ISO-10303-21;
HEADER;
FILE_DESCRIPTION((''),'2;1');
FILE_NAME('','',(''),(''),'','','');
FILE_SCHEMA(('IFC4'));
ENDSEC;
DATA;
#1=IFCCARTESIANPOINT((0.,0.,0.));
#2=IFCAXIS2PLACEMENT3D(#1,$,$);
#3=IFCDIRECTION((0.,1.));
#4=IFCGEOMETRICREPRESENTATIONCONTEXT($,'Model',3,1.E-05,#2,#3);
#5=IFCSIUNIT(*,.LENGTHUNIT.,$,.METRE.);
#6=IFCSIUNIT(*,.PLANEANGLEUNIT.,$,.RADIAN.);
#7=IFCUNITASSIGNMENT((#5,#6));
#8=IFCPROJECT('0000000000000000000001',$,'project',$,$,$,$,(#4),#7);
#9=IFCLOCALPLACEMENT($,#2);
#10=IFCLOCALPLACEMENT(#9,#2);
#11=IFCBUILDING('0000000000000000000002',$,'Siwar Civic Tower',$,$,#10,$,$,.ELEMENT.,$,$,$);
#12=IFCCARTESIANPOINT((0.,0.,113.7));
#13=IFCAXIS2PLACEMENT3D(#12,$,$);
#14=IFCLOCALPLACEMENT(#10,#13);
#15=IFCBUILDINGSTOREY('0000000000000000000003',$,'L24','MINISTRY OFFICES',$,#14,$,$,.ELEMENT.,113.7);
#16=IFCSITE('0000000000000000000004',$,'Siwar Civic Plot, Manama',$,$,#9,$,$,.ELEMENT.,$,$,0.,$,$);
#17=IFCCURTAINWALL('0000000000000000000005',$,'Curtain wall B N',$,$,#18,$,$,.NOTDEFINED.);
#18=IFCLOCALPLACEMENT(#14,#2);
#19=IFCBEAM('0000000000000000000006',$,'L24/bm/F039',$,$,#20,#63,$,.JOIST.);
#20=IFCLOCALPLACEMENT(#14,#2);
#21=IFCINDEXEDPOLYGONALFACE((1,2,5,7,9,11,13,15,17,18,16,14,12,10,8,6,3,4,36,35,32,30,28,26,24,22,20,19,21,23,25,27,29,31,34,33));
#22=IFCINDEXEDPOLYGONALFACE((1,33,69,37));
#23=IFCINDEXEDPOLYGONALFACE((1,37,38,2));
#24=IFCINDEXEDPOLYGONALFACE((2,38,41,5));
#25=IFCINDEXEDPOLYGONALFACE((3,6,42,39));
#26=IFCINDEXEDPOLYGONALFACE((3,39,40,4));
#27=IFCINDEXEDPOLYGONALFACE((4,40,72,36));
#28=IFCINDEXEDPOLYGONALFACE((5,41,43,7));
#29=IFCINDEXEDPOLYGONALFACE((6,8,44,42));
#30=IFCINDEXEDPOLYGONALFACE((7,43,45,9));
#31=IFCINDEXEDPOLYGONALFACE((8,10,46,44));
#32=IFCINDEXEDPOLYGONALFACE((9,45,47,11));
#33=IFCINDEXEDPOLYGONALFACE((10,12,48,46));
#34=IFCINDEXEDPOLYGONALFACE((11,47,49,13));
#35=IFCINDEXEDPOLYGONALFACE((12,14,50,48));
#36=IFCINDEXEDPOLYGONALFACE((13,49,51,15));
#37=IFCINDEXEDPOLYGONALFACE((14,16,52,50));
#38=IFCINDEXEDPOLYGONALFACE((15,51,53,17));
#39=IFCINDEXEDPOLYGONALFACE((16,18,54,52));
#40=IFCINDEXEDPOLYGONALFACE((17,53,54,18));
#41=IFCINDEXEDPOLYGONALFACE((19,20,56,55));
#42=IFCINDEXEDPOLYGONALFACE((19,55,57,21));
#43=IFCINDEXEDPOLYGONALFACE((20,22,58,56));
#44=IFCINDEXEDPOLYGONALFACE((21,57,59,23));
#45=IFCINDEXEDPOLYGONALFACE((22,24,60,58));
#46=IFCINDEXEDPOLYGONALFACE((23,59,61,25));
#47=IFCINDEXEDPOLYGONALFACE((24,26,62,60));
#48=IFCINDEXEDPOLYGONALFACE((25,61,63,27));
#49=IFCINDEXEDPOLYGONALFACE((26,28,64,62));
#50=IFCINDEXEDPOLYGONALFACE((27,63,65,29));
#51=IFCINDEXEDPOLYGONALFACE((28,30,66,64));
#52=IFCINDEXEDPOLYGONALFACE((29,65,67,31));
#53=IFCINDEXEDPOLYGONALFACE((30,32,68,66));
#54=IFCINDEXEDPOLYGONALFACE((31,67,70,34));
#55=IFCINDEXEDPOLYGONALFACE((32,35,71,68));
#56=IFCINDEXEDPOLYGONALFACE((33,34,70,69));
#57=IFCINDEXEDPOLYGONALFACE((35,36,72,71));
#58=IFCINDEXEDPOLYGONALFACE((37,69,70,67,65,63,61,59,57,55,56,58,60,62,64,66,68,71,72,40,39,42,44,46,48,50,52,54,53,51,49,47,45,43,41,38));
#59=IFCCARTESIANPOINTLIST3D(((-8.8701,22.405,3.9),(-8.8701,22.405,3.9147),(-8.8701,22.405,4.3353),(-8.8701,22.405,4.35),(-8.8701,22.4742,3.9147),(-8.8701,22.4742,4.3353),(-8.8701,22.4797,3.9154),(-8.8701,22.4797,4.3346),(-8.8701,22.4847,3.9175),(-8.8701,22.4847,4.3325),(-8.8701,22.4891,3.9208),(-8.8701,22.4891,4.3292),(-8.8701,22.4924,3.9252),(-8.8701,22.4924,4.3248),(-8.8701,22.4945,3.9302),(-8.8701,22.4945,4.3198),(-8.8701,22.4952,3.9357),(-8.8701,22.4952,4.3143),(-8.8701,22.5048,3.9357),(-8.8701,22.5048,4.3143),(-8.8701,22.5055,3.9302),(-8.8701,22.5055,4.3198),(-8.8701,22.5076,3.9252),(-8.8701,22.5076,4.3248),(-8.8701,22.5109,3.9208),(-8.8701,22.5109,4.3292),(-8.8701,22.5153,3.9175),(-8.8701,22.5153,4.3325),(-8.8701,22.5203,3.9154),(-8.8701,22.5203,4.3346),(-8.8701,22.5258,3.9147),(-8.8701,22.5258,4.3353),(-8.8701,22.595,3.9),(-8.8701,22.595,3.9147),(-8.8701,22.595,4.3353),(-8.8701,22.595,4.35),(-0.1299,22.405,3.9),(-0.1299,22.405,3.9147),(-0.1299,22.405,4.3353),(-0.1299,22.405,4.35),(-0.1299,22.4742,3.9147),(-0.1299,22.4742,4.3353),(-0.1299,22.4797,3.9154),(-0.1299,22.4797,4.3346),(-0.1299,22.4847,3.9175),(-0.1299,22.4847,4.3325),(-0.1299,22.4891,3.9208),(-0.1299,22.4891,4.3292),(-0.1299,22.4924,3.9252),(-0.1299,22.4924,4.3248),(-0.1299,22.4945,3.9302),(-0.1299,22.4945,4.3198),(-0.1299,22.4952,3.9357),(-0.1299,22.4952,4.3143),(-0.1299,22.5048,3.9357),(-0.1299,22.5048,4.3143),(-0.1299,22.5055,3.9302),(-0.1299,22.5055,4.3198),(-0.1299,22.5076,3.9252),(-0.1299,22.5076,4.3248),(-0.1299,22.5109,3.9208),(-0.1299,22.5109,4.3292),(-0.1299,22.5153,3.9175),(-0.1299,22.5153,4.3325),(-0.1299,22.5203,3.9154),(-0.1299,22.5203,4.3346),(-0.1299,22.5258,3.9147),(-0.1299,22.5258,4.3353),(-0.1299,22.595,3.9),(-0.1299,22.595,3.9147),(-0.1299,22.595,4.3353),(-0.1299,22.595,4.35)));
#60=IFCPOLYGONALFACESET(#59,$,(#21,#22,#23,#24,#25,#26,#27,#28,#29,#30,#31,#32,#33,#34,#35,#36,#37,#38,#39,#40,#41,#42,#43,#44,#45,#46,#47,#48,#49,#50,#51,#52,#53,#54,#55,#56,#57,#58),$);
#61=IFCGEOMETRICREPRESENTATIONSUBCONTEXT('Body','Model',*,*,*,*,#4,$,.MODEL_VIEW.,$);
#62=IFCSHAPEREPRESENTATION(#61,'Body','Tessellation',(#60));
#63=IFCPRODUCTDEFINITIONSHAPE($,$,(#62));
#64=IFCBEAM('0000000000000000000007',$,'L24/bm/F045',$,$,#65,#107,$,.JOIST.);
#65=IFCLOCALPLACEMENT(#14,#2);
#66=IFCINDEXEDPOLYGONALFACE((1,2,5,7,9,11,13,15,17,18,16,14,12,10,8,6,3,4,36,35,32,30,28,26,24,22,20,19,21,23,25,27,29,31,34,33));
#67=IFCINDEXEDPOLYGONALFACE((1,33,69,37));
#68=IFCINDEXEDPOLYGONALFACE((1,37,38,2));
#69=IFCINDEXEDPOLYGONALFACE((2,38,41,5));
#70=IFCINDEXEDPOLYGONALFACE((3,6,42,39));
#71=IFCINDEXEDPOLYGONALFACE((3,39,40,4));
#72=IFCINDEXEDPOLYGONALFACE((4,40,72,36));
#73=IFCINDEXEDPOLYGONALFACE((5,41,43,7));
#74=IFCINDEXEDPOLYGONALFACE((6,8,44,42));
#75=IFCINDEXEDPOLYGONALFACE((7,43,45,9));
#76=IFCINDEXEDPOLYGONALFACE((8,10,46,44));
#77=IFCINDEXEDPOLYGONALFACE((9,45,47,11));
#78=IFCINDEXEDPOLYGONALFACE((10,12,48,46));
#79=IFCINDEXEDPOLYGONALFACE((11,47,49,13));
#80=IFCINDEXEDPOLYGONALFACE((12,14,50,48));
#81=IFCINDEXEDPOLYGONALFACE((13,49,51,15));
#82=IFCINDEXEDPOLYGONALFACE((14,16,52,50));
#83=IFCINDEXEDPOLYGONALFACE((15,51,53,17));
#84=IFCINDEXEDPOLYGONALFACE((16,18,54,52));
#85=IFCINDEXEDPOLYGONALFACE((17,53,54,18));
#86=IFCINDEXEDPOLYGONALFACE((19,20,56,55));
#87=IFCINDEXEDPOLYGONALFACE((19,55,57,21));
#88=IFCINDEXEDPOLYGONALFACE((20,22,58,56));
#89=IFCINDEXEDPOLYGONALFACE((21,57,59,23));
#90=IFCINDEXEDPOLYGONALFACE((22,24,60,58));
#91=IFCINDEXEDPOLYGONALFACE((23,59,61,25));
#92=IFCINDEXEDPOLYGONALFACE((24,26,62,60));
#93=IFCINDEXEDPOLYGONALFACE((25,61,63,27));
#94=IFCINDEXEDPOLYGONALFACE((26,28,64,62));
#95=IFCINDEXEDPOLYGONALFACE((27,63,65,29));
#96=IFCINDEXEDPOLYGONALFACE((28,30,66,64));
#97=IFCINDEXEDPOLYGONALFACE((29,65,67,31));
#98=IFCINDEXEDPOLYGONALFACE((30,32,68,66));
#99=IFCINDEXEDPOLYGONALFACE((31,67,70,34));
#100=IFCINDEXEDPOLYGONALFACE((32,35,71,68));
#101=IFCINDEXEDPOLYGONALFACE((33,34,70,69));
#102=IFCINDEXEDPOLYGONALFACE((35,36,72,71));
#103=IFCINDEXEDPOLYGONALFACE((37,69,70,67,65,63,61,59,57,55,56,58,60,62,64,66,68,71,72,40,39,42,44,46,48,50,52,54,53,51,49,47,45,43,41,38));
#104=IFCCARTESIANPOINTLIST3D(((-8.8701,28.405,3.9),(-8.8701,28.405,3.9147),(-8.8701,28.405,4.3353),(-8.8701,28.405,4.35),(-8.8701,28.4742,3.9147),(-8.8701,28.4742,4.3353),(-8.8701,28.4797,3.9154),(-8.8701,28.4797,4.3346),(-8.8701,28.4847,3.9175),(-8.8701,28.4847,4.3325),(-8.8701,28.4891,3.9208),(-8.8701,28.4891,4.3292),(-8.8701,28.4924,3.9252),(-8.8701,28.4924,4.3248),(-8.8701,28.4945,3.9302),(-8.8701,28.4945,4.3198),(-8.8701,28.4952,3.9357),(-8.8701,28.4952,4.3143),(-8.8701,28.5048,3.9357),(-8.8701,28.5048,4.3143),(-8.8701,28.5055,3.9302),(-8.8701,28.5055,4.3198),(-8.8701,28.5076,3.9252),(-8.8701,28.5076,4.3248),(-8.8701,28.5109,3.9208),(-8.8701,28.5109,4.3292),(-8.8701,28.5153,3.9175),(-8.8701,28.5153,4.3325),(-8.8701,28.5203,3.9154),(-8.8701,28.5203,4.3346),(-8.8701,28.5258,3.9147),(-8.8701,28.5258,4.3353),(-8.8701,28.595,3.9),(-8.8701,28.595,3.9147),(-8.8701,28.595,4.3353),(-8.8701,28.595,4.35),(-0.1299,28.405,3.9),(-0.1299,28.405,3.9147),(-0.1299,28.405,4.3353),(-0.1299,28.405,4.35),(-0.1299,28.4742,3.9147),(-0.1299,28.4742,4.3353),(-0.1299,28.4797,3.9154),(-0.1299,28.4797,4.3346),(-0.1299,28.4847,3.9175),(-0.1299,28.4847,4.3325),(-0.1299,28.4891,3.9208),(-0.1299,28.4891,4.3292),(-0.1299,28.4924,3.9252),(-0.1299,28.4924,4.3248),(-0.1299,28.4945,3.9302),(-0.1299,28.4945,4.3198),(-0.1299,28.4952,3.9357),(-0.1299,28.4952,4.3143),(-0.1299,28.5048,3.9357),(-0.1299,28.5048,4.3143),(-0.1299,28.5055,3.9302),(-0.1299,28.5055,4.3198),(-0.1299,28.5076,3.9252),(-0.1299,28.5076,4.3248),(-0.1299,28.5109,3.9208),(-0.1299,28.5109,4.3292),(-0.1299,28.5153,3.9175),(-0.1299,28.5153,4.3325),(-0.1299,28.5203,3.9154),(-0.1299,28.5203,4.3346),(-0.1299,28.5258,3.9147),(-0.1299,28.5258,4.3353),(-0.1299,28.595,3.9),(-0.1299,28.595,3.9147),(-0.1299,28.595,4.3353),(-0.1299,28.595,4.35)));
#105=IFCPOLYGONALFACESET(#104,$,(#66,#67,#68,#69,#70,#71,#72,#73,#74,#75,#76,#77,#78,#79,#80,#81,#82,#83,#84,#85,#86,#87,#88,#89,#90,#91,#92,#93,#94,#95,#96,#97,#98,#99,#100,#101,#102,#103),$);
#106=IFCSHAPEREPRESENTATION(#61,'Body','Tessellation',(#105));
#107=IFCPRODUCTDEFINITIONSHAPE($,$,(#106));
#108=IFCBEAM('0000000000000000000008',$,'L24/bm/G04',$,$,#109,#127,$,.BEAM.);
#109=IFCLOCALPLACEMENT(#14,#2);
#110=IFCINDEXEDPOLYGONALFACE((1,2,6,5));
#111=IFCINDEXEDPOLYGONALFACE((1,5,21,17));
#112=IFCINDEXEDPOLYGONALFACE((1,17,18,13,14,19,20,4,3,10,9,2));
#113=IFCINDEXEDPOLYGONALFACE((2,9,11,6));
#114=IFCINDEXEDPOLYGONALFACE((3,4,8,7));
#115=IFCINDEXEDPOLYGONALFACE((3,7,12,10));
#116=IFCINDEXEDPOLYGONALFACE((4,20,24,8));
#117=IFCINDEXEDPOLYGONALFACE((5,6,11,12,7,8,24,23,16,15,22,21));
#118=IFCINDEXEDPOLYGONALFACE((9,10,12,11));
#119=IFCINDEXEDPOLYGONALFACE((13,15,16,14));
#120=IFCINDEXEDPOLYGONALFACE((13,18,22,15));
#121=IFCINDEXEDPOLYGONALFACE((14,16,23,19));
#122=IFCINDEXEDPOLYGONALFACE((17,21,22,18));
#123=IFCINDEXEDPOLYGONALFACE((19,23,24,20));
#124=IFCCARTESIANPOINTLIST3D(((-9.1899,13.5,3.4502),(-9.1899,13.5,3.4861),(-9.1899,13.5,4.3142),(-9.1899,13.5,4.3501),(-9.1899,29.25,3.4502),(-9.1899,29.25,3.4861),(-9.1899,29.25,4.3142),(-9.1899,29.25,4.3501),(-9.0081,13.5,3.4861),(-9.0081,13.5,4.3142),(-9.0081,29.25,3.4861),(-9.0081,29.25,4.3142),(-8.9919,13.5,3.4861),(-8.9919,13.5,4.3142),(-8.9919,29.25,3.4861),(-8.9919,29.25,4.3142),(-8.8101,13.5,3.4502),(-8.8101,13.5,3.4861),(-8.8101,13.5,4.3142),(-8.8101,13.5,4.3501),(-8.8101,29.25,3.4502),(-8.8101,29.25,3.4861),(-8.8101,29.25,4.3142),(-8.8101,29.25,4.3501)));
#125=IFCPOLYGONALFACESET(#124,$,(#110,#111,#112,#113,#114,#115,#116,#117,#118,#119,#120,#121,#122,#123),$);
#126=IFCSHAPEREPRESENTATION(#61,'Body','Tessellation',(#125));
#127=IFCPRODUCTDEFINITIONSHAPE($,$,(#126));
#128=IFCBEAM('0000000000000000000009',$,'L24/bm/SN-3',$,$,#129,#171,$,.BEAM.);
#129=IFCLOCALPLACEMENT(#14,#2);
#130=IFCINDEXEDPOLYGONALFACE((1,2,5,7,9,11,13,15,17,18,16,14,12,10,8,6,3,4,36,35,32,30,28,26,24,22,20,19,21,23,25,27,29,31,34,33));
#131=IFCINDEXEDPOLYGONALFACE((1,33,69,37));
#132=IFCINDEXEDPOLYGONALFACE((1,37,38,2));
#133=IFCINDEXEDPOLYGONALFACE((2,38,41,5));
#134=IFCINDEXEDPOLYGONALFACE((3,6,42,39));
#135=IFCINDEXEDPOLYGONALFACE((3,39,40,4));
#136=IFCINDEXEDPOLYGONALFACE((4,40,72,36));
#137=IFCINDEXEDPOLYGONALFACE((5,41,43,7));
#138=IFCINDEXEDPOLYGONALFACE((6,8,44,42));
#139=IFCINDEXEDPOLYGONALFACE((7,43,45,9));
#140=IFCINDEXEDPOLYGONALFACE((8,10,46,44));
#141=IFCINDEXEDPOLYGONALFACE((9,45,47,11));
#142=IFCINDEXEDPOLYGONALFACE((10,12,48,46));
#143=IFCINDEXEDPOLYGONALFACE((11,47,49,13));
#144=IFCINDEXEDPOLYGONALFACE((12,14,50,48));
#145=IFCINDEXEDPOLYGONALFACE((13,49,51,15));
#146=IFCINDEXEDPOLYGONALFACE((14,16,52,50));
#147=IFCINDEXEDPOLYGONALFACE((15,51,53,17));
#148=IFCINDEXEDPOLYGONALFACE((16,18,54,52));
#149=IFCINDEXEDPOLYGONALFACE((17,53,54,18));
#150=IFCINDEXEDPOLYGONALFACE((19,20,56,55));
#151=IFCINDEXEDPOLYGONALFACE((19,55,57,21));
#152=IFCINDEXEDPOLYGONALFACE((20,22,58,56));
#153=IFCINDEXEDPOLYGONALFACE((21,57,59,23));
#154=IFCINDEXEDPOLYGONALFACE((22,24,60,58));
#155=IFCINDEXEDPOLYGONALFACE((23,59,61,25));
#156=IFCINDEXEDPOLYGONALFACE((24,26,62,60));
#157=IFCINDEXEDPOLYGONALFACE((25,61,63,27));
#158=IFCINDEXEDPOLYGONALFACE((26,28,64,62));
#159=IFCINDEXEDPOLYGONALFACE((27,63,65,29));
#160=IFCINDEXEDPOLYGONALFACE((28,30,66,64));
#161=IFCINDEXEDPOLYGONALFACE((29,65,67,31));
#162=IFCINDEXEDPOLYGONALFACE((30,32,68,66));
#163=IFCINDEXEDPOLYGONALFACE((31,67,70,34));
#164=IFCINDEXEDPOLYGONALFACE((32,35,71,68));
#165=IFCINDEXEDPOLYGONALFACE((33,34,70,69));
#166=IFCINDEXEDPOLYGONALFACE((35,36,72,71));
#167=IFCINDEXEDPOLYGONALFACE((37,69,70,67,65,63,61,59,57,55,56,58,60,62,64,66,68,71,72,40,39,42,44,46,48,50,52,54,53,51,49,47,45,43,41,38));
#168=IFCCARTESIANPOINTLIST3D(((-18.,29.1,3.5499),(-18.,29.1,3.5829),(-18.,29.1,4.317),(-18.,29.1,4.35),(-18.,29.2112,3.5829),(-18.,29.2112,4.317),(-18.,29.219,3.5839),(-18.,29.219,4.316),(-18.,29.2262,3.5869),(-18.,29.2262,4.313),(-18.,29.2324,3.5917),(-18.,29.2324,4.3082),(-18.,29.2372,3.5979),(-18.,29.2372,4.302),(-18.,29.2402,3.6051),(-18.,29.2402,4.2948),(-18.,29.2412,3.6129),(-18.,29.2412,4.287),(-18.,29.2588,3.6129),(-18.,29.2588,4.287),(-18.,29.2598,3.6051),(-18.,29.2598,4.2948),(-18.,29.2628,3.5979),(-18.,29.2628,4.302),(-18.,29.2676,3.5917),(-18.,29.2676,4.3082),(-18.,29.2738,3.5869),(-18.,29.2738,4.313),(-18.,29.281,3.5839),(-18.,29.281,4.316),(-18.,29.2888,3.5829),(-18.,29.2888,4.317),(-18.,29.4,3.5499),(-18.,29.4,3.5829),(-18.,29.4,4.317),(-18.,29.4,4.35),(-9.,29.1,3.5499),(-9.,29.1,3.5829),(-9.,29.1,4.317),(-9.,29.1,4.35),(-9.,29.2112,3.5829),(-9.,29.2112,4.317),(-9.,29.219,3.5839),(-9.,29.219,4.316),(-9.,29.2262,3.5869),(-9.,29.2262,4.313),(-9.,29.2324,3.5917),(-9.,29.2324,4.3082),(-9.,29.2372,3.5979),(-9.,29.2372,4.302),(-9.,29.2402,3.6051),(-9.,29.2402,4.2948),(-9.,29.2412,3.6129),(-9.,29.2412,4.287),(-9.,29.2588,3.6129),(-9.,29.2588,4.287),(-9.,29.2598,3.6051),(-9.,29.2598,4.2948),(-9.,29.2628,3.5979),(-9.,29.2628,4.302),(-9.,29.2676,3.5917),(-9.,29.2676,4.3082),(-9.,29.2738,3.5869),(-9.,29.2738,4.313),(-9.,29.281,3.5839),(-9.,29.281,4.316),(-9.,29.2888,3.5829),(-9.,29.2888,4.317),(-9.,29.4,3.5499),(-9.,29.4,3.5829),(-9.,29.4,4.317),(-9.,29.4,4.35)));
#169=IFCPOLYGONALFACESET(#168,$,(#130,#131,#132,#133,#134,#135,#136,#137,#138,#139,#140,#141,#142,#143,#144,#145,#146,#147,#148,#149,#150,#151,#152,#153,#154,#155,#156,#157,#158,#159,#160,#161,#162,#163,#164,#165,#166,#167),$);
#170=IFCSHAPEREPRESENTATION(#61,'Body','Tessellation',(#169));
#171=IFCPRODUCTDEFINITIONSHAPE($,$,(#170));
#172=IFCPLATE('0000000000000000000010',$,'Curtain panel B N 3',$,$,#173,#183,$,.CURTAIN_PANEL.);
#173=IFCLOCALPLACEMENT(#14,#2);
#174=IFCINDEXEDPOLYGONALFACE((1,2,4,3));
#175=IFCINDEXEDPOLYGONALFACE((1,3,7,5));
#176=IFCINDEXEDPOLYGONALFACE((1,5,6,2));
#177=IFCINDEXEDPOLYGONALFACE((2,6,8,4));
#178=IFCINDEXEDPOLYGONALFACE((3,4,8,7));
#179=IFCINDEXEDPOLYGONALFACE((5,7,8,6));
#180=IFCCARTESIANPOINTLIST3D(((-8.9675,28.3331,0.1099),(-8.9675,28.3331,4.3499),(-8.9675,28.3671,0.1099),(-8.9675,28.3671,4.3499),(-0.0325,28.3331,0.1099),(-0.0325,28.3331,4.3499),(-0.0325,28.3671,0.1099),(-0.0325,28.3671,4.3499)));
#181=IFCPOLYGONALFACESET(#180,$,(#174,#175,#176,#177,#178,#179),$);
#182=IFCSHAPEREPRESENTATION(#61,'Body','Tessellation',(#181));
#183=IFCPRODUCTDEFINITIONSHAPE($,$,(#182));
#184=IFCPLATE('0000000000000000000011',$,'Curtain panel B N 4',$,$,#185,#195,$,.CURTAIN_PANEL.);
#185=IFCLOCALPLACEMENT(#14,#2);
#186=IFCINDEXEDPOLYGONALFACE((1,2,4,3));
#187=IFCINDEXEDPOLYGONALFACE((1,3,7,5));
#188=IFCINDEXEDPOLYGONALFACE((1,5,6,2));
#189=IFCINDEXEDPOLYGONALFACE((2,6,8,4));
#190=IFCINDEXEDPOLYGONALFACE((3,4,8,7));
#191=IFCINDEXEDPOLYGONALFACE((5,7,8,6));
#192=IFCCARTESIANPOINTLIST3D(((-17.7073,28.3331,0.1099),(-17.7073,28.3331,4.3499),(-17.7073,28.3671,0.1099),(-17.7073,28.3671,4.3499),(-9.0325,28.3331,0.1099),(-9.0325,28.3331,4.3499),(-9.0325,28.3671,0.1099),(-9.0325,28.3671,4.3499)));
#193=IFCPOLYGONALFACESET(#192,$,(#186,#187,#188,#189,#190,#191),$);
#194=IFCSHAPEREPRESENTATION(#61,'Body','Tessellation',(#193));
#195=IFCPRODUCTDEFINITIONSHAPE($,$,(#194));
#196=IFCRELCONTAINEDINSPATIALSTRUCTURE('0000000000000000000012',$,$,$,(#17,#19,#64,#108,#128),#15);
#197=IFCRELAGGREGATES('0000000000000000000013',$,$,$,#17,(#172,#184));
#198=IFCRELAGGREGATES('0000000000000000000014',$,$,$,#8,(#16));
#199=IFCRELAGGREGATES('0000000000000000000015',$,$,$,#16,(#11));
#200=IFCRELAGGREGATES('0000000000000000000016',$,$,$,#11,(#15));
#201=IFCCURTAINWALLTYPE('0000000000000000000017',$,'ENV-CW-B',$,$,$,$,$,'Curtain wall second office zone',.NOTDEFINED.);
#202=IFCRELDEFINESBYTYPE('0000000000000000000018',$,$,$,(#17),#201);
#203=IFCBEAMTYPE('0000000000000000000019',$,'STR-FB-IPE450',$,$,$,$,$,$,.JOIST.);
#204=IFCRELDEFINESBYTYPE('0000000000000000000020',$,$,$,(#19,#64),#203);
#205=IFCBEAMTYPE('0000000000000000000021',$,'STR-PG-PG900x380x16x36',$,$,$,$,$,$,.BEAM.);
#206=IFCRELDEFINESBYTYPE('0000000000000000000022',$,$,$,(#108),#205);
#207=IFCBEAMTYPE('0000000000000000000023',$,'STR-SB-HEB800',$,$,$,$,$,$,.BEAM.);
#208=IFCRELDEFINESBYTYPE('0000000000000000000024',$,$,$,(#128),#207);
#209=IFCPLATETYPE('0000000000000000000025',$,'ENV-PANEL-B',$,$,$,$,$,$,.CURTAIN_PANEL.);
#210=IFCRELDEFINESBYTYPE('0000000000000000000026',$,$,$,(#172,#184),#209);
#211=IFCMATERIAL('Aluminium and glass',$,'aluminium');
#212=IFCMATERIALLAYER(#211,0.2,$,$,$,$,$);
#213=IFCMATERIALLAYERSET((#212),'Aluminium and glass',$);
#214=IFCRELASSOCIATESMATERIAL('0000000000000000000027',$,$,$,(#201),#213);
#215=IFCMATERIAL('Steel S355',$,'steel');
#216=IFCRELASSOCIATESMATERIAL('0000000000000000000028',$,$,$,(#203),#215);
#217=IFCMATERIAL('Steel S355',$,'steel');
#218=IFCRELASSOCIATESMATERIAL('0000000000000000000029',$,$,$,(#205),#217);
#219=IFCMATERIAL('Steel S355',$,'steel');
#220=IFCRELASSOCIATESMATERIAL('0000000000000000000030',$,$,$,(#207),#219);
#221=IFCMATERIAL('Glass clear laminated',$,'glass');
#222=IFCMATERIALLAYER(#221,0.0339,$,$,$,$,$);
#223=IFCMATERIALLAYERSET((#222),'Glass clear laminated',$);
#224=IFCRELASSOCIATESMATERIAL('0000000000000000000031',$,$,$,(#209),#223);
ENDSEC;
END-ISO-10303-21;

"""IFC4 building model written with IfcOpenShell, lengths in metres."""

from ifc_helpers import new_model, si_unit, direction, frame, origin, origin_2d, place, context, subcontext, project, spatial, rectangle, i_section, extrude, material, layer, layer_set, material_profile, profile_set, type_object, element, aggregate, save


model = new_model("IFC4")

# Units and contexts
model_context = context("Model", 3, precision=1e-05, world=origin(), true_north=direction((0.0, 1.0)))
body_context = subcontext(model_context, "Body", "Model", "MODEL_VIEW")
ifc_project = project(units=[si_unit("LENGTHUNIT", "METRE"), si_unit("PLANEANGLEUNIT", "RADIAN")], contexts=[model_context])

# Site, building, storey
site_placement = place(None, origin())
site = spatial("IfcSite", under=ifc_project, at=site_placement, Name="Siwar Civic Plot, Manama", CompositionType="ELEMENT", RefElevation=0.0)
building_placement = place(site_placement, origin())
building = spatial("IfcBuilding", under=site, at=building_placement, Name="Siwar Civic Tower", CompositionType="ELEMENT")
storey_placement = place(building_placement, frame((0.0, 0.0, 113.7)))
storey = spatial("IfcBuildingStorey", under=building, at=storey_placement, Name="L24", Description="MINISTRY OFFICES", CompositionType="ELEMENT", Elevation=113.7)

# Curtain wall
ifc_material_1 = material(Name="Aluminium and glass", Category="aluminium")
ifc_layer_1 = layer(ifc_material_1, 0.2)
ifc_layer_set_1 = layer_set([ifc_layer_1], Name="Aluminium and glass")
curtain_wall_type_1 = type_object("IfcCurtainWallType", Name="ENV-CW-B", ElementType="Curtain wall second office zone", PredefinedType="NOTDEFINED", material=ifc_layer_set_1)
curtain_wall_1_placement = place(storey_placement, origin())
curtain_wall_1 = element("IfcCurtainWall", 1, at=curtain_wall_1_placement, inside=storey, type_object=curtain_wall_type_1, Name="Curtain wall B N", PredefinedType="NOTDEFINED")

# Beams
ifc_material_2 = material(Name="Steel S355", Category="steel")
ifc_material_profile_1 = material_profile(ifc_material_2, i_section(OverallWidth=0.1899, OverallDepth=0.45, WebThickness=0.0095, FlangeThickness=0.0146, FilletRadius=0.021, at=origin_2d()), Name="IPE450")
ifc_profile_set_1 = profile_set([ifc_material_profile_1], Name="Steel S355")
beam_type_1 = type_object("IfcBeamType", Name="STR-FB-IPE450", PredefinedType="JOIST", material=ifc_profile_set_1)
for number, where, z_axis, x_axis, name in (
    (2, (-8.8701, 22.5, 4.125), (1.0, 0.0, 0.0), (0.0, 1.0, 0.0), "L24/bm/F039"),
    (3, (-8.8701, 28.5, 4.125), (1.0, 0.0, 0.0), (0.0, 1.0, 0.0), "L24/bm/F045"),
):
    element("IfcBeam", number, at=place(storey_placement, frame(where, z_axis=z_axis, x_axis=x_axis)), inside=storey, type_object=beam_type_1, Name=name, PredefinedType="JOIST", context=body_context, shape_type="SweptSolid", body=[
        extrude(i_section(OverallWidth=0.1899, OverallDepth=0.45, WebThickness=0.0095, FlangeThickness=0.0146, FilletRadius=0.021, at=origin_2d()), origin(), (0.0, 0.0, 1.0), 8.7402),
    ])
ifc_material_3 = material(Name="Steel S355", Category="steel")
ifc_material_profile_2 = material_profile(ifc_material_3, i_section(OverallWidth=0.3799, OverallDepth=0.8999, WebThickness=0.0161, FlangeThickness=0.0359, at=origin_2d()), Name="PG900x380x16x36")
ifc_profile_set_2 = profile_set([ifc_material_profile_2], Name="Steel S355")
beam_type_2 = type_object("IfcBeamType", Name="STR-PG-PG900x380x16x36", PredefinedType="BEAM", material=ifc_profile_set_2)
beam_1_placement = place(storey_placement, frame((-9.0, 13.5, 3.9001), z_axis=(0.0, 1.0, 0.0), x_axis=(-1.0, 0.0, 0.0)))
element("IfcBeam", 4, at=beam_1_placement, inside=storey, type_object=beam_type_2, Name="L24/bm/G04", PredefinedType="BEAM", context=body_context, shape_type="SweptSolid", body=[
    extrude(i_section(OverallWidth=0.3799, OverallDepth=0.8999, WebThickness=0.0161, FlangeThickness=0.0359, at=origin_2d()), origin(), (0.0, 0.0, 1.0), 15.75),
])
ifc_material_4 = material(Name="Steel S355", Category="steel")
ifc_material_profile_3 = material_profile(ifc_material_4, i_section(OverallWidth=0.3, OverallDepth=0.8, WebThickness=0.0176, FlangeThickness=0.033, FilletRadius=0.03, at=origin_2d()), Name="HEB800")
ifc_profile_set_3 = profile_set([ifc_material_profile_3], Name="Steel S355")
beam_type_3 = type_object("IfcBeamType", Name="STR-SB-HEB800", PredefinedType="BEAM", material=ifc_profile_set_3)
beam_2_placement = place(storey_placement, frame((-9.0, 29.25, 3.95), z_axis=(-1.0, 0.0, 0.0), x_axis=(0.0, -1.0, 0.0)))
element("IfcBeam", 5, at=beam_2_placement, inside=storey, type_object=beam_type_3, Name="L24/bm/SN-3", PredefinedType="BEAM", context=body_context, shape_type="SweptSolid", body=[
    extrude(i_section(OverallWidth=0.3, OverallDepth=0.8, WebThickness=0.0176, FlangeThickness=0.033, FilletRadius=0.03, at=origin_2d()), origin(), (0.0, 0.0, 1.0), 9.0),
])

# Plates
ifc_material_5 = material(Name="Glass clear laminated", Category="glass")
ifc_layer_2 = layer(ifc_material_5, 0.0339)
ifc_layer_set_2 = layer_set([ifc_layer_2], Name="Glass clear laminated")
plate_type = type_object("IfcPlateType", Name="ENV-PANEL-B", PredefinedType="CURTAIN_PANEL", material=ifc_layer_set_2)
plate_1_placement = place(storey_placement, frame((-4.5, 28.3501, 0.1099), z_axis=(0.0, 0.0, 1.0), x_axis=(-1.0, 0.0, 0.0)))
plate_1 = element("IfcPlate", 6, at=plate_1_placement, type_object=plate_type, Name="Curtain panel B N 3", PredefinedType="CURTAIN_PANEL", context=body_context, shape_type="SweptSolid", body=[
    extrude(rectangle(XDim=8.9351, YDim=0.0339, at=origin_2d()), origin(), (0.0, 0.0, 1.0), 4.24),
])
plate_2_placement = place(storey_placement, frame((-13.3699, 28.3501, 0.1099), z_axis=(0.0, 0.0, 1.0), x_axis=(-1.0, 0.0, 0.0)))
plate_2 = element("IfcPlate", 7, at=plate_2_placement, type_object=plate_type, Name="Curtain panel B N 4", PredefinedType="CURTAIN_PANEL", context=body_context, shape_type="SweptSolid", body=[
    extrude(rectangle(XDim=8.6748, YDim=0.0339, at=origin_2d()), origin(), (0.0, 0.0, 1.0), 4.24),
])
aggregate(curtain_wall_1, [plate_1, plate_2])

save(model, "model.ifc")
